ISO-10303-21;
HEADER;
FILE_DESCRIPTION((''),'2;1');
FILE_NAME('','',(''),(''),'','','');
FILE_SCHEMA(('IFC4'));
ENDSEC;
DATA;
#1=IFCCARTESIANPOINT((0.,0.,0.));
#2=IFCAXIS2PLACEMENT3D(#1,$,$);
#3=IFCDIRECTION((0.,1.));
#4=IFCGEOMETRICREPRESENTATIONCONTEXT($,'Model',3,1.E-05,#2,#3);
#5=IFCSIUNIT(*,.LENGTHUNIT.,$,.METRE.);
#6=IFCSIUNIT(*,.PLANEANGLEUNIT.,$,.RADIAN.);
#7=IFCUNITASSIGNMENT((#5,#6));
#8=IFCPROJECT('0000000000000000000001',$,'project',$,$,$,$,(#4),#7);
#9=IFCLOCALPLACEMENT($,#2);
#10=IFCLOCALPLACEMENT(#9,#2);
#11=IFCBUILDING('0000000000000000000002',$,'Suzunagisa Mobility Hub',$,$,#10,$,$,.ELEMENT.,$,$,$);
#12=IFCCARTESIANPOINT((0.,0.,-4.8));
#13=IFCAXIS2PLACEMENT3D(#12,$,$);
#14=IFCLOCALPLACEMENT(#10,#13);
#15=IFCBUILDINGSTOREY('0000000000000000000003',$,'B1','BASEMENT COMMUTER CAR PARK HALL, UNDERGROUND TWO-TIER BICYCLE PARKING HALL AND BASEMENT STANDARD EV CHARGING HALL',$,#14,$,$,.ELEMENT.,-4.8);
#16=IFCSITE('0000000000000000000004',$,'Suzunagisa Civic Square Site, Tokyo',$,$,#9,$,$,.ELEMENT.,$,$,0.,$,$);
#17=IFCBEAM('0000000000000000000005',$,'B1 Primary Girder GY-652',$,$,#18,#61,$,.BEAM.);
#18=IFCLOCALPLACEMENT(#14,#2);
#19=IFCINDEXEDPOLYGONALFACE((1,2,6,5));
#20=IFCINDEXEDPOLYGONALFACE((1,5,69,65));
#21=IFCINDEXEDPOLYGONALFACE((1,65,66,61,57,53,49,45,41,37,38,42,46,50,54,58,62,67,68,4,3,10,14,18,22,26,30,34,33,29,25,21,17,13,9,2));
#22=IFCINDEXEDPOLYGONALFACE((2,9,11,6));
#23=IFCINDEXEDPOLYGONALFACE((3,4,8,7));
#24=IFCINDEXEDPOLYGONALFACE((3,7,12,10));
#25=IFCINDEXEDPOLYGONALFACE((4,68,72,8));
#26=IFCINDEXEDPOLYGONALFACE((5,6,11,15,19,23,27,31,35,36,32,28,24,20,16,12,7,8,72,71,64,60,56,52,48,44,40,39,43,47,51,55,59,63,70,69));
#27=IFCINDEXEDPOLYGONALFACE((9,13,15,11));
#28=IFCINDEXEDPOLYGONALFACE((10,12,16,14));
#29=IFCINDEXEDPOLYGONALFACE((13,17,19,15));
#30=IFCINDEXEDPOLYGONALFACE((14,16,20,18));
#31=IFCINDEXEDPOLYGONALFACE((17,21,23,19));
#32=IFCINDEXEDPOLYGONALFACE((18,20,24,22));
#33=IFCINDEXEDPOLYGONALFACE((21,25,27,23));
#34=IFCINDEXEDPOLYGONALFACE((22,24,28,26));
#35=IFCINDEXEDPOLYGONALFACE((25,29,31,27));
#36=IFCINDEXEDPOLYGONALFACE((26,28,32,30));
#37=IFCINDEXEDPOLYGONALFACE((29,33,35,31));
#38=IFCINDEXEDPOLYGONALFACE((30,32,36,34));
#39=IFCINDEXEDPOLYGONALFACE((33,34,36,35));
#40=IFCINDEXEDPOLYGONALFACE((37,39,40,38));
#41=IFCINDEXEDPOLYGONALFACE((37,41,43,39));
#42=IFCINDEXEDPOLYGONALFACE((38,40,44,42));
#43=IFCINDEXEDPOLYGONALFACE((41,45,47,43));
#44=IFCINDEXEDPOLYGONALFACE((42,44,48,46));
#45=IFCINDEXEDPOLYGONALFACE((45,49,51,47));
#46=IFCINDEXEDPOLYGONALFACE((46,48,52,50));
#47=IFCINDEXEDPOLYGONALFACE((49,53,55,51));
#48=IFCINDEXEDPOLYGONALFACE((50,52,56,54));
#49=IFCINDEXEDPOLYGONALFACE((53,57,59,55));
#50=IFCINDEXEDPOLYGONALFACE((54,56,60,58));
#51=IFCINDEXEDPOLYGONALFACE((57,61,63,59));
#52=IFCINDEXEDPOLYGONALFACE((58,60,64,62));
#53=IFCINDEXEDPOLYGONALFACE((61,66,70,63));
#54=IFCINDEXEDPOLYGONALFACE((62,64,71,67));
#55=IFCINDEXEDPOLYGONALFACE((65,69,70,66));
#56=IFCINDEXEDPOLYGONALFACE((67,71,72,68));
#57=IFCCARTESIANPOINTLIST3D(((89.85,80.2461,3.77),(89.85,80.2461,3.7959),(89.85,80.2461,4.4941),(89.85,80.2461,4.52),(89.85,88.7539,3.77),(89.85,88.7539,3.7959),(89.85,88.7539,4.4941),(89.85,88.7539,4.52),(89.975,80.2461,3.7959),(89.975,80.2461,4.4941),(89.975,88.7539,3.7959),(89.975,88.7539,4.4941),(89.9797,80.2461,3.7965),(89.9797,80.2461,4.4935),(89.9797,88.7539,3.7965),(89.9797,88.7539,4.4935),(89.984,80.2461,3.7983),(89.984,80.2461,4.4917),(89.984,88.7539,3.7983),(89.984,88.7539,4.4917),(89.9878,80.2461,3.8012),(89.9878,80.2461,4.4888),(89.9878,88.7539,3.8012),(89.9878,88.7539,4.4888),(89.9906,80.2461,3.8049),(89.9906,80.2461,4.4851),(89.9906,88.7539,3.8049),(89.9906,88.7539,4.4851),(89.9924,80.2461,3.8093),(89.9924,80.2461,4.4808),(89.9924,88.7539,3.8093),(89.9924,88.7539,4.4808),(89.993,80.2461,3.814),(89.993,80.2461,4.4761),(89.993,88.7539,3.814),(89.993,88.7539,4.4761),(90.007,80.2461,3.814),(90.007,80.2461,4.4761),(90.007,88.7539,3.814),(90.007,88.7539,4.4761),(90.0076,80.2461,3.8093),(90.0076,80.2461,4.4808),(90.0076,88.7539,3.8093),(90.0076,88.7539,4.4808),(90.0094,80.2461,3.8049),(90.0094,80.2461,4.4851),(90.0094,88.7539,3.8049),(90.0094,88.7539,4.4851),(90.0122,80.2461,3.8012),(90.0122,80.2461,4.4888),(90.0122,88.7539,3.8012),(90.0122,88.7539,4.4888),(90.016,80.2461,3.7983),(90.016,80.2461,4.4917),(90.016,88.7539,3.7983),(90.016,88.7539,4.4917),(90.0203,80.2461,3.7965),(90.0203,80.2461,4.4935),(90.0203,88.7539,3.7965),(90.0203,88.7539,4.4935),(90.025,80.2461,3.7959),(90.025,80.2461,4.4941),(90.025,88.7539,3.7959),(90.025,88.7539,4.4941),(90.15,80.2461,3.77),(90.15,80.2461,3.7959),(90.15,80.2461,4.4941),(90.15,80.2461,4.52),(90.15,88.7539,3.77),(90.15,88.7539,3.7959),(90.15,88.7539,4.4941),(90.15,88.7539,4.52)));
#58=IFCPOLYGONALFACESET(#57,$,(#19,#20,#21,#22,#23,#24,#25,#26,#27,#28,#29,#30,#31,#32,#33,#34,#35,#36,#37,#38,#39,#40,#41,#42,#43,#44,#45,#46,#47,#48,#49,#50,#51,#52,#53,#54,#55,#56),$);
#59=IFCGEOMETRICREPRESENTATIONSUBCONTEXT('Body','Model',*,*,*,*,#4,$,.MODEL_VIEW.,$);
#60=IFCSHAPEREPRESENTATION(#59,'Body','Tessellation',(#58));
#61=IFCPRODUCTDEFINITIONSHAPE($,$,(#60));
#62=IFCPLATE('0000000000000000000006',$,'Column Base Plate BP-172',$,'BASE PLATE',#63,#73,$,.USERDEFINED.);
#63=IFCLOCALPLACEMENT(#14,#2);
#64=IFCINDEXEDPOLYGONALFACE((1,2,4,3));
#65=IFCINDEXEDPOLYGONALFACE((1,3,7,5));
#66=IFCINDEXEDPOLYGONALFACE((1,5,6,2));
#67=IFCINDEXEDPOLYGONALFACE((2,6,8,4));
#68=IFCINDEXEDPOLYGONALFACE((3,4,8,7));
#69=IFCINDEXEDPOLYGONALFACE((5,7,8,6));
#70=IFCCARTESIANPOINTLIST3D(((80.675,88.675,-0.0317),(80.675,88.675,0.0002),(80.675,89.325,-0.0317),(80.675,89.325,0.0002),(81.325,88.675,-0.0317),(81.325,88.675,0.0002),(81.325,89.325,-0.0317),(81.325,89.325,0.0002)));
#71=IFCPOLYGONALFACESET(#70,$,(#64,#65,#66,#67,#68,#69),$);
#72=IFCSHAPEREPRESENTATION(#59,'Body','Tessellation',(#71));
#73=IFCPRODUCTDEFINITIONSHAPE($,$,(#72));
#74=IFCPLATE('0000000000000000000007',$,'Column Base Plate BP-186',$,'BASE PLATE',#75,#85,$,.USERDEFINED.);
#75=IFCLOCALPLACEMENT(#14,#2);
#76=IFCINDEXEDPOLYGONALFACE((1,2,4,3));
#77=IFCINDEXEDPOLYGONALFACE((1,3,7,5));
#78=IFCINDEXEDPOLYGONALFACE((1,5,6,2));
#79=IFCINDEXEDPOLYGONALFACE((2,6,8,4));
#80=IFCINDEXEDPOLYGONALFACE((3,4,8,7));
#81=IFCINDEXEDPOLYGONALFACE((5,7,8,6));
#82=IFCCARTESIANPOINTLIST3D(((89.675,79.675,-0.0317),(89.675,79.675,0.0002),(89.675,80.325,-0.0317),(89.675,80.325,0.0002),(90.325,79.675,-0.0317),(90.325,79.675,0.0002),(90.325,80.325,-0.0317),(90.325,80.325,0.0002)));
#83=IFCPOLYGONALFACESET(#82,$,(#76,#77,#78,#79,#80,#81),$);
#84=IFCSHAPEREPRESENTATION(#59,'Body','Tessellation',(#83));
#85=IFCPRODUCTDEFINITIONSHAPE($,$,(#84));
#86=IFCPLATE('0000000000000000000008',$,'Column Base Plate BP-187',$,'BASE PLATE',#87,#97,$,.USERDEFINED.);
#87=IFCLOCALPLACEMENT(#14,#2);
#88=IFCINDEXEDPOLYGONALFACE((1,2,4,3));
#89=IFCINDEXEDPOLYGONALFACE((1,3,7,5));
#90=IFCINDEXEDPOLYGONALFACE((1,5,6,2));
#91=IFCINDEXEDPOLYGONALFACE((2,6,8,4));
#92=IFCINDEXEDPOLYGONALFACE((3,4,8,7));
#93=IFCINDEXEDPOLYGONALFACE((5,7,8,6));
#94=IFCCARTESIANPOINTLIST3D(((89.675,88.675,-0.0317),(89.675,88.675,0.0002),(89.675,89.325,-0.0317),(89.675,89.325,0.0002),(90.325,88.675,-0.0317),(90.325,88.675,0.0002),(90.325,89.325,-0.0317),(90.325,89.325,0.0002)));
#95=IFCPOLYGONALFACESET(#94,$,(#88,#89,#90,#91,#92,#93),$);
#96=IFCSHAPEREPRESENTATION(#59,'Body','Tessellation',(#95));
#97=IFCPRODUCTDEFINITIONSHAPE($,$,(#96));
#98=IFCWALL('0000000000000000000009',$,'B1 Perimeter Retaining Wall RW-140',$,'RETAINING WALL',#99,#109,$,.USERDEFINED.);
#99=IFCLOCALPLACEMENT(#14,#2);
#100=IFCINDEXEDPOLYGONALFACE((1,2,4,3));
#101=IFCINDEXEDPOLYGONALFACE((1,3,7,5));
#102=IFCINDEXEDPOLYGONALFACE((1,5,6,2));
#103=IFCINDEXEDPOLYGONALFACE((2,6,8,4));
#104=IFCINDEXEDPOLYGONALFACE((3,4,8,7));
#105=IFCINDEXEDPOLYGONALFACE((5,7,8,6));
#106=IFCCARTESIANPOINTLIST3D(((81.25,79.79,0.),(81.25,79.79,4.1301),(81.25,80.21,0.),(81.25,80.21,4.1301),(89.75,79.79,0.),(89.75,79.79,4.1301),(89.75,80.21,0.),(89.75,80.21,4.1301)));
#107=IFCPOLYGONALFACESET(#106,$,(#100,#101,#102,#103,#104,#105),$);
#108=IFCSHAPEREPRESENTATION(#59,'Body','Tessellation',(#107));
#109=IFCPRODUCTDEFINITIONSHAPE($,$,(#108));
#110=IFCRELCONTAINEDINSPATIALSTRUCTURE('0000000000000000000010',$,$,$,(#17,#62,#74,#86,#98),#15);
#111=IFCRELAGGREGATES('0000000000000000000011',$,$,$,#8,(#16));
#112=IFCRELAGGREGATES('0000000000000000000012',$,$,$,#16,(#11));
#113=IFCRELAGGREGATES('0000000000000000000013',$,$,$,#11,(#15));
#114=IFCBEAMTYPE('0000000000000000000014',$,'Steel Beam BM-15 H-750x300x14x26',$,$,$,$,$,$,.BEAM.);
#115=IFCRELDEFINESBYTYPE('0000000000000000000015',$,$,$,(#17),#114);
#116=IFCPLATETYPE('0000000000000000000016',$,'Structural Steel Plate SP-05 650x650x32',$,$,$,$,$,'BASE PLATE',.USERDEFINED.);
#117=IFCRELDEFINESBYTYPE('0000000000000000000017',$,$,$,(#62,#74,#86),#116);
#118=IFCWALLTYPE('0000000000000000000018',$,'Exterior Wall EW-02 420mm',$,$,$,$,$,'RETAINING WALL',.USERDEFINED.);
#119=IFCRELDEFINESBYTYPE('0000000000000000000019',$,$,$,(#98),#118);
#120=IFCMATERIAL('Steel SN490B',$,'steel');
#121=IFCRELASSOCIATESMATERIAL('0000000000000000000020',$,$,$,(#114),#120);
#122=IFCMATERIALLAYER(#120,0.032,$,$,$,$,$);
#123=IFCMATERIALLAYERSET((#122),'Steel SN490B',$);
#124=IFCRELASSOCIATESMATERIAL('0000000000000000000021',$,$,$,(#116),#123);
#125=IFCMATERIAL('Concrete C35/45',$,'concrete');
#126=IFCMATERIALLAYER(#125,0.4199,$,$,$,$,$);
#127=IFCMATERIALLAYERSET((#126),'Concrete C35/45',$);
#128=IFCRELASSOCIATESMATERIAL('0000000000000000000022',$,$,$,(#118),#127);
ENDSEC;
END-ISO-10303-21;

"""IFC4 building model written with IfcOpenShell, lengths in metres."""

from ifc_helpers import new_model, si_unit, direction, frame, frame_2d, origin, origin_2d, place, context, subcontext, project, spatial, rectangle, i_section, extrude, material, layer, layer_set, material_profile, profile_set, type_object, element, save


model = new_model("IFC4")

# Units and contexts
model_context = context("Model", 3, precision=1e-05, world=origin(), true_north=direction((0.0, 1.0)))
body_context = subcontext(model_context, "Body", "Model", "MODEL_VIEW")
ifc_project = project(units=[si_unit("LENGTHUNIT", "METRE"), si_unit("PLANEANGLEUNIT", "RADIAN")], contexts=[model_context])

# Site, building, storey
site_placement = place(None, origin())
site = spatial("IfcSite", under=ifc_project, at=site_placement, Name="Suzunagisa Civic Square Site, Tokyo", CompositionType="ELEMENT", RefElevation=0.0)
building_placement = place(site_placement, origin())
building = spatial("IfcBuilding", under=site, at=building_placement, Name="Suzunagisa Mobility Hub", CompositionType="ELEMENT")
storey_placement = place(building_placement, frame((0.0, 0.0, -4.8)))
storey = spatial("IfcBuildingStorey", under=building, at=storey_placement, Name="B1", Description="BASEMENT COMMUTER CAR PARK HALL, UNDERGROUND TWO-TIER BICYCLE PARKING HALL AND BASEMENT STANDARD EV CHARGING HALL", CompositionType="ELEMENT", Elevation=-4.8)

# Shared definitions
ifc_material_1 = material(Name="Concrete C35/45", Category="concrete")

# Shared definitions
ifc_material_2 = material(Name="Steel SN490B", Category="steel")

# Beam
ifc_material_profile_1 = material_profile(ifc_material_2, i_section(OverallWidth=0.3, OverallDepth=0.75, WebThickness=0.0139, FlangeThickness=0.0259, FilletRadius=0.0181, at=origin_2d()), Name="H-750x300x14x26")
ifc_profile_set_1 = profile_set([ifc_material_profile_1], Name="Steel SN490B")
beam_type_1 = type_object("IfcBeamType", Name="Steel Beam BM-15 H-750x300x14x26", PredefinedType="BEAM", material=ifc_profile_set_1)
for number, where, z_axis, x_axis, name in (
    (1, (90.0, 80.2461, 4.145), (0.0, 1.0, 0.0), (-1.0, 0.0, 0.0), "B1 Primary Girder GY-652"),
):
    element("IfcBeam", number, at=place(storey_placement, frame(where, z_axis=z_axis, x_axis=x_axis)), inside=storey, type_object=beam_type_1, Name=name, PredefinedType="BEAM", context=body_context, shape_type="SweptSolid", body=[
        extrude(i_section(OverallWidth=0.3, OverallDepth=0.75, WebThickness=0.0139, FlangeThickness=0.0259, FilletRadius=0.0181, at=origin_2d()), origin(), (0.0, 0.0, 1.0), 8.5078),
    ])

# Plates
ifc_layer_1 = layer(ifc_material_2, 0.032)
ifc_layer_set_1 = layer_set([ifc_layer_1], Name="Steel SN490B")
plate_type = type_object("IfcPlateType", Name="Structural Steel Plate SP-05 650x650x32", ElementType="BASE PLATE", PredefinedType="USERDEFINED", material=ifc_layer_set_1)
for number, where, z_axis, x_axis, name in (
    (2, (81.0, 89.0, -0.0317), (0.0, 0.0, 1.0), (1.0, 0.0, 0.0), "Column Base Plate BP-172"),
    (3, (90.0, 80.0, -0.0317), (0.0, 0.0, 1.0), (1.0, 0.0, 0.0), "Column Base Plate BP-186"),
    (4, (90.0, 89.0, -0.0317), (0.0, 0.0, 1.0), (1.0, 0.0, 0.0), "Column Base Plate BP-187"),
):
    element("IfcPlate", number, at=place(storey_placement, frame(where, z_axis=z_axis, x_axis=x_axis)), inside=storey, type_object=plate_type, Name=name, ObjectType="BASE PLATE", PredefinedType="USERDEFINED", context=body_context, shape_type="SweptSolid", body=[
        extrude(rectangle(XDim=0.6499, YDim=0.6499, at=origin_2d()), origin(), (0.0, 0.0, 1.0), 0.032),
    ])

# Wall
ifc_layer_2 = layer(ifc_material_1, 0.4199)
ifc_layer_set_2 = layer_set([ifc_layer_2], Name="Concrete C35/45")
wall_type = type_object("IfcWallType", Name="Exterior Wall EW-02 420mm", ElementType="RETAINING WALL", PredefinedType="USERDEFINED", material=ifc_layer_set_2)
wall_placement = place(storey_placement, frame((81.25, 80.0, 0.0), z_axis=(0.0, 0.0, 1.0), x_axis=(1.0, 0.0, 0.0)))
element("IfcWall", 5, at=wall_placement, inside=storey, type_object=wall_type, Name="B1 Perimeter Retaining Wall RW-140", ObjectType="RETAINING WALL", PredefinedType="USERDEFINED", context=body_context, shape_type="SweptSolid", body=[
    extrude(rectangle(XDim=8.5, YDim=0.4199, at=frame_2d((4.25, 0.0))), origin(), (0.0, 0.0, 1.0), 4.1301),
])

save(model, "model.ifc")
